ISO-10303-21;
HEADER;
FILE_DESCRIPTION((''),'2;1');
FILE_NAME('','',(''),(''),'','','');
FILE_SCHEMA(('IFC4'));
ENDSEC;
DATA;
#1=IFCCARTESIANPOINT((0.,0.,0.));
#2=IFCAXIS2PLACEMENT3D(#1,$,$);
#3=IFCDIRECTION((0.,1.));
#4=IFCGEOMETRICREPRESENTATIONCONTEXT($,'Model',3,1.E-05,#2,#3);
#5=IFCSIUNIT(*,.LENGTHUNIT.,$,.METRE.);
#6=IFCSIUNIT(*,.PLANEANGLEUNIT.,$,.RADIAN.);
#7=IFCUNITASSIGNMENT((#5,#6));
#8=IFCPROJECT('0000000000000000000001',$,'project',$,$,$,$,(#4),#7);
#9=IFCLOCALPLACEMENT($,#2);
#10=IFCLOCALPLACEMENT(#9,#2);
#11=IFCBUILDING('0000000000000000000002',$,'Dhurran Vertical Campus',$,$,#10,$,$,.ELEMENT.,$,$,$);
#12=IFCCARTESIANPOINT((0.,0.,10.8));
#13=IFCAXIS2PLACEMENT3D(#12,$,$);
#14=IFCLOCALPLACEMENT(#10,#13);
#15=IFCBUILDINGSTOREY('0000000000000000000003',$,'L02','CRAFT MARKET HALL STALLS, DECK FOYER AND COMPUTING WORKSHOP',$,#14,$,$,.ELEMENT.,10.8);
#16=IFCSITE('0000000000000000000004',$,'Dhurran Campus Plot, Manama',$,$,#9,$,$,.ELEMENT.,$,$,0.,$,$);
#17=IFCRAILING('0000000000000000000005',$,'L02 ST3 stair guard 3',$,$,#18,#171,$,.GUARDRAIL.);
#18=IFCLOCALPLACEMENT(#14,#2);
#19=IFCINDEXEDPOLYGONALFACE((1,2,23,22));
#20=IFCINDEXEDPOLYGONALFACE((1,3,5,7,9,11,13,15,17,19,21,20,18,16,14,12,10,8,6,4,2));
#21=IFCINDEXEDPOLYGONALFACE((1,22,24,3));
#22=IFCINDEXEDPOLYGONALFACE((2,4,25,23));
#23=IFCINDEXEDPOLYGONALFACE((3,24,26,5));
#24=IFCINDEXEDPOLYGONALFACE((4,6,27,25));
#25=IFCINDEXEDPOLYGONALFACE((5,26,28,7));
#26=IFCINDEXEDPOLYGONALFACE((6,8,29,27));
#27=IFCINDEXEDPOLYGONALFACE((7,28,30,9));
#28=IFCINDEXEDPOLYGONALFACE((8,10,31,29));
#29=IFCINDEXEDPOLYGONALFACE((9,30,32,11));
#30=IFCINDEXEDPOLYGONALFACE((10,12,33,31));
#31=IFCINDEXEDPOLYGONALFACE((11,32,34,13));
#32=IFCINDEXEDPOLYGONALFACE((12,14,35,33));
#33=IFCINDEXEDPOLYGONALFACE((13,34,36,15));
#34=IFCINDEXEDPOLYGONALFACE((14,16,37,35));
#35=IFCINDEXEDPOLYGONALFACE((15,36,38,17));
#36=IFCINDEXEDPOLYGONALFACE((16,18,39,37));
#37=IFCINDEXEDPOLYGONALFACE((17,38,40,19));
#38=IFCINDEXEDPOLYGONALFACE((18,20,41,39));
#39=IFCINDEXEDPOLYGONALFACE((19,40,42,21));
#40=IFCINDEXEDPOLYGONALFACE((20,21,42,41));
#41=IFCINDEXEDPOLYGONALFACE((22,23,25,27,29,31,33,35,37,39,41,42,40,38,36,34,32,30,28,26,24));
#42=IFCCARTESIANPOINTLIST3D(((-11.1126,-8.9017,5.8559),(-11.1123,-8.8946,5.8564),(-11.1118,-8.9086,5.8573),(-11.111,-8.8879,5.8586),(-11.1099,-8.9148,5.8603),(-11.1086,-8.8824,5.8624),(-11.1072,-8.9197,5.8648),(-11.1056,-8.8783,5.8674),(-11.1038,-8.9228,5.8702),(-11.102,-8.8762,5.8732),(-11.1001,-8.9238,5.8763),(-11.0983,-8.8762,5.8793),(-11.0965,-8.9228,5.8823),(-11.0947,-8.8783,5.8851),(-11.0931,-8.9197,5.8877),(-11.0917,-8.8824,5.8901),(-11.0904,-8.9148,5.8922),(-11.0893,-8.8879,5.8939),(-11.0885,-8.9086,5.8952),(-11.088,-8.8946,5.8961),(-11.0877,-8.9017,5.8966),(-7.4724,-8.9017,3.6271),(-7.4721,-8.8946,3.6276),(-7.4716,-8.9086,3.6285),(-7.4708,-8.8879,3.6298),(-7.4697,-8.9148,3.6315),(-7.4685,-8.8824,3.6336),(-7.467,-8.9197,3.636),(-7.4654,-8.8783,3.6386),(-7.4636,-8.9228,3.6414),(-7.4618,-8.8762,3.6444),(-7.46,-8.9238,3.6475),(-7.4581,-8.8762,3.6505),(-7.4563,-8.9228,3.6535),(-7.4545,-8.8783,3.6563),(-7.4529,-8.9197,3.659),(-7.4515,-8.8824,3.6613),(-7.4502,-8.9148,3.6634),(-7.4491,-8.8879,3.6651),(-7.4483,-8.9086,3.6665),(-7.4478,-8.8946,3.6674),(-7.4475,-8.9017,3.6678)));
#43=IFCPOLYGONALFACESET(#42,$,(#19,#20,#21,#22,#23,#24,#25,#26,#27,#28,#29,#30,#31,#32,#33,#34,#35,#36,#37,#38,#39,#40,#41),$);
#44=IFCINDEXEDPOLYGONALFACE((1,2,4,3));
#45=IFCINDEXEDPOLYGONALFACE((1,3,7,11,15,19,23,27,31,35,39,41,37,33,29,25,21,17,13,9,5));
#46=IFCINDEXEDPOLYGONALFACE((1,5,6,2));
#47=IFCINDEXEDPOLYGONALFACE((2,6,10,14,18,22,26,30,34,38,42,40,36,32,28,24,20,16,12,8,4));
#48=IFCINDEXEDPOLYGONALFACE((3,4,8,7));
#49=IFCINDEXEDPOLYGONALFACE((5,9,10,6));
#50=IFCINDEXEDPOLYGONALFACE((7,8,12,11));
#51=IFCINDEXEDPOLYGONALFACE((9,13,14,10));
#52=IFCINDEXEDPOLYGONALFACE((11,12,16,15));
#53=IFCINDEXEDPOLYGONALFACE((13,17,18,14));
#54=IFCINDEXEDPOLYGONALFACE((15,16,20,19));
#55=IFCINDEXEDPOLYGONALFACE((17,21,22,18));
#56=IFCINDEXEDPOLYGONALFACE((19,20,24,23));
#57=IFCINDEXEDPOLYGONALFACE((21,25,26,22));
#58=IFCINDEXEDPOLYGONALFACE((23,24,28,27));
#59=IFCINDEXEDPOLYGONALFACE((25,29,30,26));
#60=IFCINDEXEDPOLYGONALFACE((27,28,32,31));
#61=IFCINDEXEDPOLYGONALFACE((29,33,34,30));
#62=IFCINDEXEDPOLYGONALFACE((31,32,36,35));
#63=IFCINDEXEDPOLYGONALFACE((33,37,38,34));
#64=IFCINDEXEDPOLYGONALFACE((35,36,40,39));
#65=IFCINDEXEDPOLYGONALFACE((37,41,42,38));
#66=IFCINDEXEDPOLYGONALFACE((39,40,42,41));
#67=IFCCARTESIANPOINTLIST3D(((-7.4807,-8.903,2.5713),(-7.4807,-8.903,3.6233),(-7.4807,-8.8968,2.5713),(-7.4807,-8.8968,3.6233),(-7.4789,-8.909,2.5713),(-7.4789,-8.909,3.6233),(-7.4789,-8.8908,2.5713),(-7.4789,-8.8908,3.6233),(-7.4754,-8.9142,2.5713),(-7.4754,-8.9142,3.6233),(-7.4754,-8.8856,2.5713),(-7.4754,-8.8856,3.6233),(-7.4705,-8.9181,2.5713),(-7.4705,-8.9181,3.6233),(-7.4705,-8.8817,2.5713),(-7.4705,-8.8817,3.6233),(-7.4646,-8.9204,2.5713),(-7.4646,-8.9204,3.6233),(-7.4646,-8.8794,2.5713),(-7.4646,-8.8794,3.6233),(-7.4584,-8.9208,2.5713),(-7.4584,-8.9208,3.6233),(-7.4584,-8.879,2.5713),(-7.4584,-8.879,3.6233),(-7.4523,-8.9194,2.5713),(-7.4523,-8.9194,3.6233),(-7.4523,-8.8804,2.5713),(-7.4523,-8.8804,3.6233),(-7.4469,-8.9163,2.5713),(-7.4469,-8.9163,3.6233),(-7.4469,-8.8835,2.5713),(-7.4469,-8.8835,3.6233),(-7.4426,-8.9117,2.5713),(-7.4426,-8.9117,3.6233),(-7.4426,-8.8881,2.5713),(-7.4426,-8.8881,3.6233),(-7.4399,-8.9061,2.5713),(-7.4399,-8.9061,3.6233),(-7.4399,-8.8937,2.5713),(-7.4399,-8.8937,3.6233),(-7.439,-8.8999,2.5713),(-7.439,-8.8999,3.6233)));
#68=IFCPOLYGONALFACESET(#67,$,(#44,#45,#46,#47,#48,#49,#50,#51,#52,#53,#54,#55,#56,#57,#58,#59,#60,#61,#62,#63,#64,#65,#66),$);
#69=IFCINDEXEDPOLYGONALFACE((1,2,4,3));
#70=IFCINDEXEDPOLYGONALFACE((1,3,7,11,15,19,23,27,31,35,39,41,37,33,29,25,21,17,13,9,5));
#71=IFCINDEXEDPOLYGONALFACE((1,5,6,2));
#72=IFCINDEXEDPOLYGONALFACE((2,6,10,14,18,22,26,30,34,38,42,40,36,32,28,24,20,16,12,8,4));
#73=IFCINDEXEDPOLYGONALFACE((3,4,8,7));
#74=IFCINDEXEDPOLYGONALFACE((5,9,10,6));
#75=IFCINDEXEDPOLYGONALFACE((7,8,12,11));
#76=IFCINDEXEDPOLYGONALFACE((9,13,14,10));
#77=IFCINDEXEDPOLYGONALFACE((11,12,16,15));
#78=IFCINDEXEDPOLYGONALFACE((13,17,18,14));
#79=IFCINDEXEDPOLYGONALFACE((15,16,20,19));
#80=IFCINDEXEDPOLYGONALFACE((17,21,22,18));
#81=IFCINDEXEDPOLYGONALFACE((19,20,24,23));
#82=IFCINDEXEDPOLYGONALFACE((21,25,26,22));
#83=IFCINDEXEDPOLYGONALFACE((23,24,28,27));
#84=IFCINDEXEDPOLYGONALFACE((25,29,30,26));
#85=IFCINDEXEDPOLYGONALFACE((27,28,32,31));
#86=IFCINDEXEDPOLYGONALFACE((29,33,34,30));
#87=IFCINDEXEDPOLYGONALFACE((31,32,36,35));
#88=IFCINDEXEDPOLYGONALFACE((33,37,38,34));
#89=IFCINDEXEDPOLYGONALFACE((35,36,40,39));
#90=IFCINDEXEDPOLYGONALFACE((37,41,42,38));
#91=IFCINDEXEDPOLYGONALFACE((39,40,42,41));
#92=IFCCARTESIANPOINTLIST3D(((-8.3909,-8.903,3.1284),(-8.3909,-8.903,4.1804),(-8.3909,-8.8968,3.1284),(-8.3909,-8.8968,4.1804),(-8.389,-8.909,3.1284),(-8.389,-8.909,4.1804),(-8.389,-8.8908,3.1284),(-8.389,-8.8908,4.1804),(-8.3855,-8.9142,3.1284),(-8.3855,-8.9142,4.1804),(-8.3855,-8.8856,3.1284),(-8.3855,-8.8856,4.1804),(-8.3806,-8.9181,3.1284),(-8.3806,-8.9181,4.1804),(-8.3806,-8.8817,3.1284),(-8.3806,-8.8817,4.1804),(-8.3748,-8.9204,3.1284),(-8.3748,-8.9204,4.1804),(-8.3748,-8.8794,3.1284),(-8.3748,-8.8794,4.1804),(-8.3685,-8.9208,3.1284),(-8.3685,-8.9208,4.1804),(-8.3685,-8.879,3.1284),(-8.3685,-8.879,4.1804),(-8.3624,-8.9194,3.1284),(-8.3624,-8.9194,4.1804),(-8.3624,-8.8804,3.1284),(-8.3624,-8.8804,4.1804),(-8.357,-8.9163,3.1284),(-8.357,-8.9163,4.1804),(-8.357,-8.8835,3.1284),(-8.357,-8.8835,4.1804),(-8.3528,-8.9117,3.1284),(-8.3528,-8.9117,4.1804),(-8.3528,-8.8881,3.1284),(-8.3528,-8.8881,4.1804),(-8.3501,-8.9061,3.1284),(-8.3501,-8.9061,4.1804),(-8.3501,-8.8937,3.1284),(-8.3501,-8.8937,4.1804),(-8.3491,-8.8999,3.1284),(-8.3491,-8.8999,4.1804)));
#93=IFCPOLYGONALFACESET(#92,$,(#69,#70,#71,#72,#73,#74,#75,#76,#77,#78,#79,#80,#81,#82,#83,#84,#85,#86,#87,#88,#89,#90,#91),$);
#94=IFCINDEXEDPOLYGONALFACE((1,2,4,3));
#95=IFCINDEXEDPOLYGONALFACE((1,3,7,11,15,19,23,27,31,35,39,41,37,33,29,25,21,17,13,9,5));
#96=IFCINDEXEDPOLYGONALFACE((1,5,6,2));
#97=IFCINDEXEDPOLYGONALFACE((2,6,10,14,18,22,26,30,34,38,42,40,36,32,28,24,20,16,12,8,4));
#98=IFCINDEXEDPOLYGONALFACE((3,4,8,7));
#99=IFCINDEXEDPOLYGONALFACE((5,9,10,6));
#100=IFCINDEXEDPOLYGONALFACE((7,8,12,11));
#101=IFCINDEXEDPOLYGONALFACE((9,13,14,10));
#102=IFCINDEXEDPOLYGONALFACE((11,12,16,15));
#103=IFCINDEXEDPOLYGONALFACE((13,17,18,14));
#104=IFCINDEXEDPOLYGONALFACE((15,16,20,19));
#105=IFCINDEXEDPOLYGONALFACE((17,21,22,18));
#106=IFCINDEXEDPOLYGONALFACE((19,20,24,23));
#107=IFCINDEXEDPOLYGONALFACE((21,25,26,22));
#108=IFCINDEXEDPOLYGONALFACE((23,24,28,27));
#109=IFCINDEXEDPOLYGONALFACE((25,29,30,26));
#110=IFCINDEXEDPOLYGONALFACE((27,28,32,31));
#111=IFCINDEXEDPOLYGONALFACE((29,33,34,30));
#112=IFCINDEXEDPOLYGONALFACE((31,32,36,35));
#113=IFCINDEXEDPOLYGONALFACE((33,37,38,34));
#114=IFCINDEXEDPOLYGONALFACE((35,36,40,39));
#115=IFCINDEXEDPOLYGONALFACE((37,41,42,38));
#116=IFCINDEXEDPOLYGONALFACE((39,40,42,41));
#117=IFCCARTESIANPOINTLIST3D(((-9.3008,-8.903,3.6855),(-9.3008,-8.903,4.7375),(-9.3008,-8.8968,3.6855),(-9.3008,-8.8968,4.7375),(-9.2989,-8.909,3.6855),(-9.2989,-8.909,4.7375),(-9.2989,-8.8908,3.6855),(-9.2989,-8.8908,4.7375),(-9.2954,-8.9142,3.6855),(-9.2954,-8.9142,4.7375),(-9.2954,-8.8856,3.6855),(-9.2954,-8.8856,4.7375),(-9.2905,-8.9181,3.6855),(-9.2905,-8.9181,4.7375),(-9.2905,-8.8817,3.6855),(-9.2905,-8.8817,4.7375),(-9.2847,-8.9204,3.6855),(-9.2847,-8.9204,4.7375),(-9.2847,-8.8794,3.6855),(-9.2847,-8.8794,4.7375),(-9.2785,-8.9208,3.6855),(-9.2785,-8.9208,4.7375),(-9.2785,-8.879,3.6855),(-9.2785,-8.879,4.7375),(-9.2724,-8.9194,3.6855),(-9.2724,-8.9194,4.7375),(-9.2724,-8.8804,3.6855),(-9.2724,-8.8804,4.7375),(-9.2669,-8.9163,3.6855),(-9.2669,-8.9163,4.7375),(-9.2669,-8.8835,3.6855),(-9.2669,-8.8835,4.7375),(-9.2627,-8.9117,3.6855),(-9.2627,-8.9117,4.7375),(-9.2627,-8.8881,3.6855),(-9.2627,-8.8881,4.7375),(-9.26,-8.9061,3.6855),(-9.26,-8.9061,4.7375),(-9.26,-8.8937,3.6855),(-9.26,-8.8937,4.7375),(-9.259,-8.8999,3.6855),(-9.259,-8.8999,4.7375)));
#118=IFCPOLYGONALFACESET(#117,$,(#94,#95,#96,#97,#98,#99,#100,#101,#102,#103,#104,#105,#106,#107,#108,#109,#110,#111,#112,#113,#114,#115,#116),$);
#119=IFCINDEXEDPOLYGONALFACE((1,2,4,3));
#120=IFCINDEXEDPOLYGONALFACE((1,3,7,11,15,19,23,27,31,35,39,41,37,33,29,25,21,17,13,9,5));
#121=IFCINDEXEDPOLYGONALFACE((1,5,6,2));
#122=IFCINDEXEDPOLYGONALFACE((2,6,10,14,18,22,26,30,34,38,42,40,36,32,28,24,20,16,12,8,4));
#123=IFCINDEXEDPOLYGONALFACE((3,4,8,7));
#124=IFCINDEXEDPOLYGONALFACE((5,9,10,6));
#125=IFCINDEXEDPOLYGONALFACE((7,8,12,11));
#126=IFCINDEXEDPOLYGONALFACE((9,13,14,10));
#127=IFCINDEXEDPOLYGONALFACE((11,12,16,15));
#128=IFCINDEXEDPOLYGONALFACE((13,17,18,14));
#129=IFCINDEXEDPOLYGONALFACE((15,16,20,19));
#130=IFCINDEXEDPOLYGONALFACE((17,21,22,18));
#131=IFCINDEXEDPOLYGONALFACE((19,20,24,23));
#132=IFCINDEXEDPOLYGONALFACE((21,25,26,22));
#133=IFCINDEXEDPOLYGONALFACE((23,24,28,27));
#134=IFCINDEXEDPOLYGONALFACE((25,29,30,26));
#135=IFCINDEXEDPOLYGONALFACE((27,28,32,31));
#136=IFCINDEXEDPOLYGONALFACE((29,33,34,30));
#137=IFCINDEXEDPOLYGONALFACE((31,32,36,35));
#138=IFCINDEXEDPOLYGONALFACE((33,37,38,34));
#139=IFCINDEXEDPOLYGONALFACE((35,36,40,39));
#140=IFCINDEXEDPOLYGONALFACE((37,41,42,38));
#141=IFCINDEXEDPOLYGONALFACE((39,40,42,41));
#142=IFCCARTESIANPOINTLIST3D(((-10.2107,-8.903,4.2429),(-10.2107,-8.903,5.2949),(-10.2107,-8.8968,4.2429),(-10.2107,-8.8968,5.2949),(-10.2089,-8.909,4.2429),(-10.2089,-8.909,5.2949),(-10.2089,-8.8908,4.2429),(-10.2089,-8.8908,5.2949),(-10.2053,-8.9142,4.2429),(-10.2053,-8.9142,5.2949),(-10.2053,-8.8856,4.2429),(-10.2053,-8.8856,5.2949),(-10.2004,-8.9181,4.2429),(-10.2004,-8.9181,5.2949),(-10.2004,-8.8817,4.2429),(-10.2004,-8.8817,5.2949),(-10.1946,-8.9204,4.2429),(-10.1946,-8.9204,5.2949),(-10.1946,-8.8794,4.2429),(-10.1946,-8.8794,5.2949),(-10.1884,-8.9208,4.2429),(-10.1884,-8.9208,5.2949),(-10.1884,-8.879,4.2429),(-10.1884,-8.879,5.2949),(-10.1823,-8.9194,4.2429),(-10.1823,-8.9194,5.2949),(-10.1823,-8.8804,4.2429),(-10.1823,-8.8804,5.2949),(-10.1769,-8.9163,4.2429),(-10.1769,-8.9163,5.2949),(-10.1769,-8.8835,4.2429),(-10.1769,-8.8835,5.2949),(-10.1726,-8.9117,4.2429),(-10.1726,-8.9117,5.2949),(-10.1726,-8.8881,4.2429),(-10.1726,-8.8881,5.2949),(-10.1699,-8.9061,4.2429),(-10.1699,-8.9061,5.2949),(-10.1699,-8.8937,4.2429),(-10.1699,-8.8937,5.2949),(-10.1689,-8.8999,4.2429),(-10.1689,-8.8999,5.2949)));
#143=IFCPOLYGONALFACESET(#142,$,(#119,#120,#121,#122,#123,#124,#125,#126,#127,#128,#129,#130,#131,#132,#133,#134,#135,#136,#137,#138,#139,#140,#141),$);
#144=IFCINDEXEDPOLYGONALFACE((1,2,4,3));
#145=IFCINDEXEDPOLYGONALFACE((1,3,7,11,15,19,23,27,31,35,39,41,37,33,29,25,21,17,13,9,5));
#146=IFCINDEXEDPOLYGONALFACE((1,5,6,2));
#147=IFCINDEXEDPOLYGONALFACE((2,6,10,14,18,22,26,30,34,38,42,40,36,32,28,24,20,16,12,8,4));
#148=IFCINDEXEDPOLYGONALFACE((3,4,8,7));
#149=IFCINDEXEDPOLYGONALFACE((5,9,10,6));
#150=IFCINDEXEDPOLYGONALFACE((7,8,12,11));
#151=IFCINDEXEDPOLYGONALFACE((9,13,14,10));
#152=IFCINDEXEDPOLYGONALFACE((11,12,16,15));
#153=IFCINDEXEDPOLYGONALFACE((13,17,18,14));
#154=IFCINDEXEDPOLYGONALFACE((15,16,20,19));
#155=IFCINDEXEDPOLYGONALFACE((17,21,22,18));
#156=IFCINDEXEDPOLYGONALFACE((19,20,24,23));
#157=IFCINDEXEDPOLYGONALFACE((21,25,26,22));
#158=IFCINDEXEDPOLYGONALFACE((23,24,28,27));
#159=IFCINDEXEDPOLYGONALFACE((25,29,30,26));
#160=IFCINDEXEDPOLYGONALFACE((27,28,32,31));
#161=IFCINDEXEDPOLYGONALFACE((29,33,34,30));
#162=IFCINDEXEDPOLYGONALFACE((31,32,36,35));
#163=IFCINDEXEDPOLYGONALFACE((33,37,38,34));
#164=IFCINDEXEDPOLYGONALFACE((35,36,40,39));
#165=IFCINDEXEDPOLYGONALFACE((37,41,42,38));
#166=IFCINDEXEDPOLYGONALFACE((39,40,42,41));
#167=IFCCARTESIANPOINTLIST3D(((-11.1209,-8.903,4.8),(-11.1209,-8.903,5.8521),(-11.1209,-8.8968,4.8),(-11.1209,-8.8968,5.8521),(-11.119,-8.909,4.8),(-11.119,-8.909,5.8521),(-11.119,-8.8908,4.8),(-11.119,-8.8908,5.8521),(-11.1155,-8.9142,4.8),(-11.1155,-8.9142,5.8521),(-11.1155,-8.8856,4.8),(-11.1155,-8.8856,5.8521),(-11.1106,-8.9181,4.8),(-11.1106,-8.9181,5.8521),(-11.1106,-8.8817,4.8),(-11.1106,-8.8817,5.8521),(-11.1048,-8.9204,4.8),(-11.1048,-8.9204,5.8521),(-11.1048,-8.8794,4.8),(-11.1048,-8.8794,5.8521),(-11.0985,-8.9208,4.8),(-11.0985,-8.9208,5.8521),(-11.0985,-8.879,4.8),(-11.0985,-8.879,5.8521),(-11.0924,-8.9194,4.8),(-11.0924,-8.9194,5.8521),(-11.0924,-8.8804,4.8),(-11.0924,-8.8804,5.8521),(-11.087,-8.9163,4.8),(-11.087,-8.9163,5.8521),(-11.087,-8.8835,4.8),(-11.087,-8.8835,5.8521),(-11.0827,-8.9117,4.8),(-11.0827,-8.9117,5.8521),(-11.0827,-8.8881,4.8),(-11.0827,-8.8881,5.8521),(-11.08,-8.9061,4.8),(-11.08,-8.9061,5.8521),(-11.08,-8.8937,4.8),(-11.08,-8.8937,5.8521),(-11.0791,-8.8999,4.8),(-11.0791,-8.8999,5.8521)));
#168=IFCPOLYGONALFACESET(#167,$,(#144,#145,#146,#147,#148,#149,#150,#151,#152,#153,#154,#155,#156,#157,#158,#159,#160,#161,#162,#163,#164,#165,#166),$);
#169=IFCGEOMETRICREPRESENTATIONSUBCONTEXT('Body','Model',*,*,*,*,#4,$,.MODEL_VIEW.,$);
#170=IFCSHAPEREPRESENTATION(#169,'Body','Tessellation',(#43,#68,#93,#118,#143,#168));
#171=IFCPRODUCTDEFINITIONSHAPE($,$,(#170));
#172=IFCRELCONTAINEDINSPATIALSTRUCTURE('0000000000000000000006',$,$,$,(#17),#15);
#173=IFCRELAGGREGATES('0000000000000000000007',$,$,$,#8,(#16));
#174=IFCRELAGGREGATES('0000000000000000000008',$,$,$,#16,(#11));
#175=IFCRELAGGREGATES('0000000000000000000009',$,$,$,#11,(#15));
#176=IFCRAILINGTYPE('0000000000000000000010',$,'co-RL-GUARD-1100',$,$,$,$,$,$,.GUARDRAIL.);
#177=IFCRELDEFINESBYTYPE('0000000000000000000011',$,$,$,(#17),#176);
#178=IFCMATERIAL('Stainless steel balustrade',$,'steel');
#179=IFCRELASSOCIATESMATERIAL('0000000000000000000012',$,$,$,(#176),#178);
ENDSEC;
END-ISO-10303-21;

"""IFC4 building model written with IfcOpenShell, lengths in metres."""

from ifc_helpers import new_model, si_unit, direction, frame, origin, origin_2d, place, context, subcontext, project, spatial, circle, extrude, material, type_object, element, save


model = new_model("IFC4")

# Units and contexts
model_context = context("Model", 3, precision=1e-05, world=origin(), true_north=direction((0.0, 1.0)))
body_context = subcontext(model_context, "Body", "Model", "MODEL_VIEW")
ifc_project = project(units=[si_unit("LENGTHUNIT", "METRE"), si_unit("PLANEANGLEUNIT", "RADIAN")], contexts=[model_context])

# Site, building, storey
site_placement = place(None, origin())
site = spatial("IfcSite", under=ifc_project, at=site_placement, Name="Dhurran Campus Plot, Manama", CompositionType="ELEMENT", RefElevation=0.0)
building_placement = place(site_placement, origin())
building = spatial("IfcBuilding", under=site, at=building_placement, Name="Dhurran Vertical Campus", CompositionType="ELEMENT")
storey_placement = place(building_placement, frame((0.0, 0.0, 10.8)))
storey = spatial("IfcBuildingStorey", under=building, at=storey_placement, Name="L02", Description="CRAFT MARKET HALL STALLS, DECK FOYER AND COMPUTING WORKSHOP", CompositionType="ELEMENT", Elevation=10.8)

# Railing
ifc_material_1 = material(Name="Stainless steel balustrade", Category="steel")
railing_type_1 = type_object("IfcRailingType", Name="co-RL-GUARD-1100", PredefinedType="GUARDRAIL", material=ifc_material_1)
railing_1_placement = place(storey_placement, frame((-7.46, -8.8999, 2.5713)))
element("IfcRailing", 1, at=railing_1_placement, inside=storey, type_object=railing_type_1, Name="L02 ST3 stair guard 3", PredefinedType="GUARDRAIL", context=body_context, shape_type="SweptSolid", body=[
    extrude(circle(Radius=0.0239, at=origin_2d()), frame((0.0, 0.0, 1.0762), z_axis=(-0.85284, 0.0, 0.522172), x_axis=(0.0, -1.0, 0.0)), (0.0, 0.0, 1.0), 4.2683),
    extrude(circle(Radius=0.021, at=origin_2d()), origin(), (0.0, 0.0, 1.0), 1.052),
    extrude(circle(Radius=0.021, at=origin_2d()), frame((-0.9102, 0.0, 0.5571)), (0.0, 0.0, 1.0), 1.052),
    extrude(circle(Radius=0.021, at=origin_2d()), frame((-1.8201, 0.0, 1.1143)), (0.0, 0.0, 1.0), 1.052),
    extrude(circle(Radius=0.021, at=origin_2d()), frame((-2.73, 0.0, 1.6716)), (0.0, 0.0, 1.0), 1.052),
    extrude(circle(Radius=0.021, at=origin_2d()), frame((-3.6401, 0.0, 2.2288)), (0.0, 0.0, 1.0), 1.052),
])

save(model, "model.ifc")
